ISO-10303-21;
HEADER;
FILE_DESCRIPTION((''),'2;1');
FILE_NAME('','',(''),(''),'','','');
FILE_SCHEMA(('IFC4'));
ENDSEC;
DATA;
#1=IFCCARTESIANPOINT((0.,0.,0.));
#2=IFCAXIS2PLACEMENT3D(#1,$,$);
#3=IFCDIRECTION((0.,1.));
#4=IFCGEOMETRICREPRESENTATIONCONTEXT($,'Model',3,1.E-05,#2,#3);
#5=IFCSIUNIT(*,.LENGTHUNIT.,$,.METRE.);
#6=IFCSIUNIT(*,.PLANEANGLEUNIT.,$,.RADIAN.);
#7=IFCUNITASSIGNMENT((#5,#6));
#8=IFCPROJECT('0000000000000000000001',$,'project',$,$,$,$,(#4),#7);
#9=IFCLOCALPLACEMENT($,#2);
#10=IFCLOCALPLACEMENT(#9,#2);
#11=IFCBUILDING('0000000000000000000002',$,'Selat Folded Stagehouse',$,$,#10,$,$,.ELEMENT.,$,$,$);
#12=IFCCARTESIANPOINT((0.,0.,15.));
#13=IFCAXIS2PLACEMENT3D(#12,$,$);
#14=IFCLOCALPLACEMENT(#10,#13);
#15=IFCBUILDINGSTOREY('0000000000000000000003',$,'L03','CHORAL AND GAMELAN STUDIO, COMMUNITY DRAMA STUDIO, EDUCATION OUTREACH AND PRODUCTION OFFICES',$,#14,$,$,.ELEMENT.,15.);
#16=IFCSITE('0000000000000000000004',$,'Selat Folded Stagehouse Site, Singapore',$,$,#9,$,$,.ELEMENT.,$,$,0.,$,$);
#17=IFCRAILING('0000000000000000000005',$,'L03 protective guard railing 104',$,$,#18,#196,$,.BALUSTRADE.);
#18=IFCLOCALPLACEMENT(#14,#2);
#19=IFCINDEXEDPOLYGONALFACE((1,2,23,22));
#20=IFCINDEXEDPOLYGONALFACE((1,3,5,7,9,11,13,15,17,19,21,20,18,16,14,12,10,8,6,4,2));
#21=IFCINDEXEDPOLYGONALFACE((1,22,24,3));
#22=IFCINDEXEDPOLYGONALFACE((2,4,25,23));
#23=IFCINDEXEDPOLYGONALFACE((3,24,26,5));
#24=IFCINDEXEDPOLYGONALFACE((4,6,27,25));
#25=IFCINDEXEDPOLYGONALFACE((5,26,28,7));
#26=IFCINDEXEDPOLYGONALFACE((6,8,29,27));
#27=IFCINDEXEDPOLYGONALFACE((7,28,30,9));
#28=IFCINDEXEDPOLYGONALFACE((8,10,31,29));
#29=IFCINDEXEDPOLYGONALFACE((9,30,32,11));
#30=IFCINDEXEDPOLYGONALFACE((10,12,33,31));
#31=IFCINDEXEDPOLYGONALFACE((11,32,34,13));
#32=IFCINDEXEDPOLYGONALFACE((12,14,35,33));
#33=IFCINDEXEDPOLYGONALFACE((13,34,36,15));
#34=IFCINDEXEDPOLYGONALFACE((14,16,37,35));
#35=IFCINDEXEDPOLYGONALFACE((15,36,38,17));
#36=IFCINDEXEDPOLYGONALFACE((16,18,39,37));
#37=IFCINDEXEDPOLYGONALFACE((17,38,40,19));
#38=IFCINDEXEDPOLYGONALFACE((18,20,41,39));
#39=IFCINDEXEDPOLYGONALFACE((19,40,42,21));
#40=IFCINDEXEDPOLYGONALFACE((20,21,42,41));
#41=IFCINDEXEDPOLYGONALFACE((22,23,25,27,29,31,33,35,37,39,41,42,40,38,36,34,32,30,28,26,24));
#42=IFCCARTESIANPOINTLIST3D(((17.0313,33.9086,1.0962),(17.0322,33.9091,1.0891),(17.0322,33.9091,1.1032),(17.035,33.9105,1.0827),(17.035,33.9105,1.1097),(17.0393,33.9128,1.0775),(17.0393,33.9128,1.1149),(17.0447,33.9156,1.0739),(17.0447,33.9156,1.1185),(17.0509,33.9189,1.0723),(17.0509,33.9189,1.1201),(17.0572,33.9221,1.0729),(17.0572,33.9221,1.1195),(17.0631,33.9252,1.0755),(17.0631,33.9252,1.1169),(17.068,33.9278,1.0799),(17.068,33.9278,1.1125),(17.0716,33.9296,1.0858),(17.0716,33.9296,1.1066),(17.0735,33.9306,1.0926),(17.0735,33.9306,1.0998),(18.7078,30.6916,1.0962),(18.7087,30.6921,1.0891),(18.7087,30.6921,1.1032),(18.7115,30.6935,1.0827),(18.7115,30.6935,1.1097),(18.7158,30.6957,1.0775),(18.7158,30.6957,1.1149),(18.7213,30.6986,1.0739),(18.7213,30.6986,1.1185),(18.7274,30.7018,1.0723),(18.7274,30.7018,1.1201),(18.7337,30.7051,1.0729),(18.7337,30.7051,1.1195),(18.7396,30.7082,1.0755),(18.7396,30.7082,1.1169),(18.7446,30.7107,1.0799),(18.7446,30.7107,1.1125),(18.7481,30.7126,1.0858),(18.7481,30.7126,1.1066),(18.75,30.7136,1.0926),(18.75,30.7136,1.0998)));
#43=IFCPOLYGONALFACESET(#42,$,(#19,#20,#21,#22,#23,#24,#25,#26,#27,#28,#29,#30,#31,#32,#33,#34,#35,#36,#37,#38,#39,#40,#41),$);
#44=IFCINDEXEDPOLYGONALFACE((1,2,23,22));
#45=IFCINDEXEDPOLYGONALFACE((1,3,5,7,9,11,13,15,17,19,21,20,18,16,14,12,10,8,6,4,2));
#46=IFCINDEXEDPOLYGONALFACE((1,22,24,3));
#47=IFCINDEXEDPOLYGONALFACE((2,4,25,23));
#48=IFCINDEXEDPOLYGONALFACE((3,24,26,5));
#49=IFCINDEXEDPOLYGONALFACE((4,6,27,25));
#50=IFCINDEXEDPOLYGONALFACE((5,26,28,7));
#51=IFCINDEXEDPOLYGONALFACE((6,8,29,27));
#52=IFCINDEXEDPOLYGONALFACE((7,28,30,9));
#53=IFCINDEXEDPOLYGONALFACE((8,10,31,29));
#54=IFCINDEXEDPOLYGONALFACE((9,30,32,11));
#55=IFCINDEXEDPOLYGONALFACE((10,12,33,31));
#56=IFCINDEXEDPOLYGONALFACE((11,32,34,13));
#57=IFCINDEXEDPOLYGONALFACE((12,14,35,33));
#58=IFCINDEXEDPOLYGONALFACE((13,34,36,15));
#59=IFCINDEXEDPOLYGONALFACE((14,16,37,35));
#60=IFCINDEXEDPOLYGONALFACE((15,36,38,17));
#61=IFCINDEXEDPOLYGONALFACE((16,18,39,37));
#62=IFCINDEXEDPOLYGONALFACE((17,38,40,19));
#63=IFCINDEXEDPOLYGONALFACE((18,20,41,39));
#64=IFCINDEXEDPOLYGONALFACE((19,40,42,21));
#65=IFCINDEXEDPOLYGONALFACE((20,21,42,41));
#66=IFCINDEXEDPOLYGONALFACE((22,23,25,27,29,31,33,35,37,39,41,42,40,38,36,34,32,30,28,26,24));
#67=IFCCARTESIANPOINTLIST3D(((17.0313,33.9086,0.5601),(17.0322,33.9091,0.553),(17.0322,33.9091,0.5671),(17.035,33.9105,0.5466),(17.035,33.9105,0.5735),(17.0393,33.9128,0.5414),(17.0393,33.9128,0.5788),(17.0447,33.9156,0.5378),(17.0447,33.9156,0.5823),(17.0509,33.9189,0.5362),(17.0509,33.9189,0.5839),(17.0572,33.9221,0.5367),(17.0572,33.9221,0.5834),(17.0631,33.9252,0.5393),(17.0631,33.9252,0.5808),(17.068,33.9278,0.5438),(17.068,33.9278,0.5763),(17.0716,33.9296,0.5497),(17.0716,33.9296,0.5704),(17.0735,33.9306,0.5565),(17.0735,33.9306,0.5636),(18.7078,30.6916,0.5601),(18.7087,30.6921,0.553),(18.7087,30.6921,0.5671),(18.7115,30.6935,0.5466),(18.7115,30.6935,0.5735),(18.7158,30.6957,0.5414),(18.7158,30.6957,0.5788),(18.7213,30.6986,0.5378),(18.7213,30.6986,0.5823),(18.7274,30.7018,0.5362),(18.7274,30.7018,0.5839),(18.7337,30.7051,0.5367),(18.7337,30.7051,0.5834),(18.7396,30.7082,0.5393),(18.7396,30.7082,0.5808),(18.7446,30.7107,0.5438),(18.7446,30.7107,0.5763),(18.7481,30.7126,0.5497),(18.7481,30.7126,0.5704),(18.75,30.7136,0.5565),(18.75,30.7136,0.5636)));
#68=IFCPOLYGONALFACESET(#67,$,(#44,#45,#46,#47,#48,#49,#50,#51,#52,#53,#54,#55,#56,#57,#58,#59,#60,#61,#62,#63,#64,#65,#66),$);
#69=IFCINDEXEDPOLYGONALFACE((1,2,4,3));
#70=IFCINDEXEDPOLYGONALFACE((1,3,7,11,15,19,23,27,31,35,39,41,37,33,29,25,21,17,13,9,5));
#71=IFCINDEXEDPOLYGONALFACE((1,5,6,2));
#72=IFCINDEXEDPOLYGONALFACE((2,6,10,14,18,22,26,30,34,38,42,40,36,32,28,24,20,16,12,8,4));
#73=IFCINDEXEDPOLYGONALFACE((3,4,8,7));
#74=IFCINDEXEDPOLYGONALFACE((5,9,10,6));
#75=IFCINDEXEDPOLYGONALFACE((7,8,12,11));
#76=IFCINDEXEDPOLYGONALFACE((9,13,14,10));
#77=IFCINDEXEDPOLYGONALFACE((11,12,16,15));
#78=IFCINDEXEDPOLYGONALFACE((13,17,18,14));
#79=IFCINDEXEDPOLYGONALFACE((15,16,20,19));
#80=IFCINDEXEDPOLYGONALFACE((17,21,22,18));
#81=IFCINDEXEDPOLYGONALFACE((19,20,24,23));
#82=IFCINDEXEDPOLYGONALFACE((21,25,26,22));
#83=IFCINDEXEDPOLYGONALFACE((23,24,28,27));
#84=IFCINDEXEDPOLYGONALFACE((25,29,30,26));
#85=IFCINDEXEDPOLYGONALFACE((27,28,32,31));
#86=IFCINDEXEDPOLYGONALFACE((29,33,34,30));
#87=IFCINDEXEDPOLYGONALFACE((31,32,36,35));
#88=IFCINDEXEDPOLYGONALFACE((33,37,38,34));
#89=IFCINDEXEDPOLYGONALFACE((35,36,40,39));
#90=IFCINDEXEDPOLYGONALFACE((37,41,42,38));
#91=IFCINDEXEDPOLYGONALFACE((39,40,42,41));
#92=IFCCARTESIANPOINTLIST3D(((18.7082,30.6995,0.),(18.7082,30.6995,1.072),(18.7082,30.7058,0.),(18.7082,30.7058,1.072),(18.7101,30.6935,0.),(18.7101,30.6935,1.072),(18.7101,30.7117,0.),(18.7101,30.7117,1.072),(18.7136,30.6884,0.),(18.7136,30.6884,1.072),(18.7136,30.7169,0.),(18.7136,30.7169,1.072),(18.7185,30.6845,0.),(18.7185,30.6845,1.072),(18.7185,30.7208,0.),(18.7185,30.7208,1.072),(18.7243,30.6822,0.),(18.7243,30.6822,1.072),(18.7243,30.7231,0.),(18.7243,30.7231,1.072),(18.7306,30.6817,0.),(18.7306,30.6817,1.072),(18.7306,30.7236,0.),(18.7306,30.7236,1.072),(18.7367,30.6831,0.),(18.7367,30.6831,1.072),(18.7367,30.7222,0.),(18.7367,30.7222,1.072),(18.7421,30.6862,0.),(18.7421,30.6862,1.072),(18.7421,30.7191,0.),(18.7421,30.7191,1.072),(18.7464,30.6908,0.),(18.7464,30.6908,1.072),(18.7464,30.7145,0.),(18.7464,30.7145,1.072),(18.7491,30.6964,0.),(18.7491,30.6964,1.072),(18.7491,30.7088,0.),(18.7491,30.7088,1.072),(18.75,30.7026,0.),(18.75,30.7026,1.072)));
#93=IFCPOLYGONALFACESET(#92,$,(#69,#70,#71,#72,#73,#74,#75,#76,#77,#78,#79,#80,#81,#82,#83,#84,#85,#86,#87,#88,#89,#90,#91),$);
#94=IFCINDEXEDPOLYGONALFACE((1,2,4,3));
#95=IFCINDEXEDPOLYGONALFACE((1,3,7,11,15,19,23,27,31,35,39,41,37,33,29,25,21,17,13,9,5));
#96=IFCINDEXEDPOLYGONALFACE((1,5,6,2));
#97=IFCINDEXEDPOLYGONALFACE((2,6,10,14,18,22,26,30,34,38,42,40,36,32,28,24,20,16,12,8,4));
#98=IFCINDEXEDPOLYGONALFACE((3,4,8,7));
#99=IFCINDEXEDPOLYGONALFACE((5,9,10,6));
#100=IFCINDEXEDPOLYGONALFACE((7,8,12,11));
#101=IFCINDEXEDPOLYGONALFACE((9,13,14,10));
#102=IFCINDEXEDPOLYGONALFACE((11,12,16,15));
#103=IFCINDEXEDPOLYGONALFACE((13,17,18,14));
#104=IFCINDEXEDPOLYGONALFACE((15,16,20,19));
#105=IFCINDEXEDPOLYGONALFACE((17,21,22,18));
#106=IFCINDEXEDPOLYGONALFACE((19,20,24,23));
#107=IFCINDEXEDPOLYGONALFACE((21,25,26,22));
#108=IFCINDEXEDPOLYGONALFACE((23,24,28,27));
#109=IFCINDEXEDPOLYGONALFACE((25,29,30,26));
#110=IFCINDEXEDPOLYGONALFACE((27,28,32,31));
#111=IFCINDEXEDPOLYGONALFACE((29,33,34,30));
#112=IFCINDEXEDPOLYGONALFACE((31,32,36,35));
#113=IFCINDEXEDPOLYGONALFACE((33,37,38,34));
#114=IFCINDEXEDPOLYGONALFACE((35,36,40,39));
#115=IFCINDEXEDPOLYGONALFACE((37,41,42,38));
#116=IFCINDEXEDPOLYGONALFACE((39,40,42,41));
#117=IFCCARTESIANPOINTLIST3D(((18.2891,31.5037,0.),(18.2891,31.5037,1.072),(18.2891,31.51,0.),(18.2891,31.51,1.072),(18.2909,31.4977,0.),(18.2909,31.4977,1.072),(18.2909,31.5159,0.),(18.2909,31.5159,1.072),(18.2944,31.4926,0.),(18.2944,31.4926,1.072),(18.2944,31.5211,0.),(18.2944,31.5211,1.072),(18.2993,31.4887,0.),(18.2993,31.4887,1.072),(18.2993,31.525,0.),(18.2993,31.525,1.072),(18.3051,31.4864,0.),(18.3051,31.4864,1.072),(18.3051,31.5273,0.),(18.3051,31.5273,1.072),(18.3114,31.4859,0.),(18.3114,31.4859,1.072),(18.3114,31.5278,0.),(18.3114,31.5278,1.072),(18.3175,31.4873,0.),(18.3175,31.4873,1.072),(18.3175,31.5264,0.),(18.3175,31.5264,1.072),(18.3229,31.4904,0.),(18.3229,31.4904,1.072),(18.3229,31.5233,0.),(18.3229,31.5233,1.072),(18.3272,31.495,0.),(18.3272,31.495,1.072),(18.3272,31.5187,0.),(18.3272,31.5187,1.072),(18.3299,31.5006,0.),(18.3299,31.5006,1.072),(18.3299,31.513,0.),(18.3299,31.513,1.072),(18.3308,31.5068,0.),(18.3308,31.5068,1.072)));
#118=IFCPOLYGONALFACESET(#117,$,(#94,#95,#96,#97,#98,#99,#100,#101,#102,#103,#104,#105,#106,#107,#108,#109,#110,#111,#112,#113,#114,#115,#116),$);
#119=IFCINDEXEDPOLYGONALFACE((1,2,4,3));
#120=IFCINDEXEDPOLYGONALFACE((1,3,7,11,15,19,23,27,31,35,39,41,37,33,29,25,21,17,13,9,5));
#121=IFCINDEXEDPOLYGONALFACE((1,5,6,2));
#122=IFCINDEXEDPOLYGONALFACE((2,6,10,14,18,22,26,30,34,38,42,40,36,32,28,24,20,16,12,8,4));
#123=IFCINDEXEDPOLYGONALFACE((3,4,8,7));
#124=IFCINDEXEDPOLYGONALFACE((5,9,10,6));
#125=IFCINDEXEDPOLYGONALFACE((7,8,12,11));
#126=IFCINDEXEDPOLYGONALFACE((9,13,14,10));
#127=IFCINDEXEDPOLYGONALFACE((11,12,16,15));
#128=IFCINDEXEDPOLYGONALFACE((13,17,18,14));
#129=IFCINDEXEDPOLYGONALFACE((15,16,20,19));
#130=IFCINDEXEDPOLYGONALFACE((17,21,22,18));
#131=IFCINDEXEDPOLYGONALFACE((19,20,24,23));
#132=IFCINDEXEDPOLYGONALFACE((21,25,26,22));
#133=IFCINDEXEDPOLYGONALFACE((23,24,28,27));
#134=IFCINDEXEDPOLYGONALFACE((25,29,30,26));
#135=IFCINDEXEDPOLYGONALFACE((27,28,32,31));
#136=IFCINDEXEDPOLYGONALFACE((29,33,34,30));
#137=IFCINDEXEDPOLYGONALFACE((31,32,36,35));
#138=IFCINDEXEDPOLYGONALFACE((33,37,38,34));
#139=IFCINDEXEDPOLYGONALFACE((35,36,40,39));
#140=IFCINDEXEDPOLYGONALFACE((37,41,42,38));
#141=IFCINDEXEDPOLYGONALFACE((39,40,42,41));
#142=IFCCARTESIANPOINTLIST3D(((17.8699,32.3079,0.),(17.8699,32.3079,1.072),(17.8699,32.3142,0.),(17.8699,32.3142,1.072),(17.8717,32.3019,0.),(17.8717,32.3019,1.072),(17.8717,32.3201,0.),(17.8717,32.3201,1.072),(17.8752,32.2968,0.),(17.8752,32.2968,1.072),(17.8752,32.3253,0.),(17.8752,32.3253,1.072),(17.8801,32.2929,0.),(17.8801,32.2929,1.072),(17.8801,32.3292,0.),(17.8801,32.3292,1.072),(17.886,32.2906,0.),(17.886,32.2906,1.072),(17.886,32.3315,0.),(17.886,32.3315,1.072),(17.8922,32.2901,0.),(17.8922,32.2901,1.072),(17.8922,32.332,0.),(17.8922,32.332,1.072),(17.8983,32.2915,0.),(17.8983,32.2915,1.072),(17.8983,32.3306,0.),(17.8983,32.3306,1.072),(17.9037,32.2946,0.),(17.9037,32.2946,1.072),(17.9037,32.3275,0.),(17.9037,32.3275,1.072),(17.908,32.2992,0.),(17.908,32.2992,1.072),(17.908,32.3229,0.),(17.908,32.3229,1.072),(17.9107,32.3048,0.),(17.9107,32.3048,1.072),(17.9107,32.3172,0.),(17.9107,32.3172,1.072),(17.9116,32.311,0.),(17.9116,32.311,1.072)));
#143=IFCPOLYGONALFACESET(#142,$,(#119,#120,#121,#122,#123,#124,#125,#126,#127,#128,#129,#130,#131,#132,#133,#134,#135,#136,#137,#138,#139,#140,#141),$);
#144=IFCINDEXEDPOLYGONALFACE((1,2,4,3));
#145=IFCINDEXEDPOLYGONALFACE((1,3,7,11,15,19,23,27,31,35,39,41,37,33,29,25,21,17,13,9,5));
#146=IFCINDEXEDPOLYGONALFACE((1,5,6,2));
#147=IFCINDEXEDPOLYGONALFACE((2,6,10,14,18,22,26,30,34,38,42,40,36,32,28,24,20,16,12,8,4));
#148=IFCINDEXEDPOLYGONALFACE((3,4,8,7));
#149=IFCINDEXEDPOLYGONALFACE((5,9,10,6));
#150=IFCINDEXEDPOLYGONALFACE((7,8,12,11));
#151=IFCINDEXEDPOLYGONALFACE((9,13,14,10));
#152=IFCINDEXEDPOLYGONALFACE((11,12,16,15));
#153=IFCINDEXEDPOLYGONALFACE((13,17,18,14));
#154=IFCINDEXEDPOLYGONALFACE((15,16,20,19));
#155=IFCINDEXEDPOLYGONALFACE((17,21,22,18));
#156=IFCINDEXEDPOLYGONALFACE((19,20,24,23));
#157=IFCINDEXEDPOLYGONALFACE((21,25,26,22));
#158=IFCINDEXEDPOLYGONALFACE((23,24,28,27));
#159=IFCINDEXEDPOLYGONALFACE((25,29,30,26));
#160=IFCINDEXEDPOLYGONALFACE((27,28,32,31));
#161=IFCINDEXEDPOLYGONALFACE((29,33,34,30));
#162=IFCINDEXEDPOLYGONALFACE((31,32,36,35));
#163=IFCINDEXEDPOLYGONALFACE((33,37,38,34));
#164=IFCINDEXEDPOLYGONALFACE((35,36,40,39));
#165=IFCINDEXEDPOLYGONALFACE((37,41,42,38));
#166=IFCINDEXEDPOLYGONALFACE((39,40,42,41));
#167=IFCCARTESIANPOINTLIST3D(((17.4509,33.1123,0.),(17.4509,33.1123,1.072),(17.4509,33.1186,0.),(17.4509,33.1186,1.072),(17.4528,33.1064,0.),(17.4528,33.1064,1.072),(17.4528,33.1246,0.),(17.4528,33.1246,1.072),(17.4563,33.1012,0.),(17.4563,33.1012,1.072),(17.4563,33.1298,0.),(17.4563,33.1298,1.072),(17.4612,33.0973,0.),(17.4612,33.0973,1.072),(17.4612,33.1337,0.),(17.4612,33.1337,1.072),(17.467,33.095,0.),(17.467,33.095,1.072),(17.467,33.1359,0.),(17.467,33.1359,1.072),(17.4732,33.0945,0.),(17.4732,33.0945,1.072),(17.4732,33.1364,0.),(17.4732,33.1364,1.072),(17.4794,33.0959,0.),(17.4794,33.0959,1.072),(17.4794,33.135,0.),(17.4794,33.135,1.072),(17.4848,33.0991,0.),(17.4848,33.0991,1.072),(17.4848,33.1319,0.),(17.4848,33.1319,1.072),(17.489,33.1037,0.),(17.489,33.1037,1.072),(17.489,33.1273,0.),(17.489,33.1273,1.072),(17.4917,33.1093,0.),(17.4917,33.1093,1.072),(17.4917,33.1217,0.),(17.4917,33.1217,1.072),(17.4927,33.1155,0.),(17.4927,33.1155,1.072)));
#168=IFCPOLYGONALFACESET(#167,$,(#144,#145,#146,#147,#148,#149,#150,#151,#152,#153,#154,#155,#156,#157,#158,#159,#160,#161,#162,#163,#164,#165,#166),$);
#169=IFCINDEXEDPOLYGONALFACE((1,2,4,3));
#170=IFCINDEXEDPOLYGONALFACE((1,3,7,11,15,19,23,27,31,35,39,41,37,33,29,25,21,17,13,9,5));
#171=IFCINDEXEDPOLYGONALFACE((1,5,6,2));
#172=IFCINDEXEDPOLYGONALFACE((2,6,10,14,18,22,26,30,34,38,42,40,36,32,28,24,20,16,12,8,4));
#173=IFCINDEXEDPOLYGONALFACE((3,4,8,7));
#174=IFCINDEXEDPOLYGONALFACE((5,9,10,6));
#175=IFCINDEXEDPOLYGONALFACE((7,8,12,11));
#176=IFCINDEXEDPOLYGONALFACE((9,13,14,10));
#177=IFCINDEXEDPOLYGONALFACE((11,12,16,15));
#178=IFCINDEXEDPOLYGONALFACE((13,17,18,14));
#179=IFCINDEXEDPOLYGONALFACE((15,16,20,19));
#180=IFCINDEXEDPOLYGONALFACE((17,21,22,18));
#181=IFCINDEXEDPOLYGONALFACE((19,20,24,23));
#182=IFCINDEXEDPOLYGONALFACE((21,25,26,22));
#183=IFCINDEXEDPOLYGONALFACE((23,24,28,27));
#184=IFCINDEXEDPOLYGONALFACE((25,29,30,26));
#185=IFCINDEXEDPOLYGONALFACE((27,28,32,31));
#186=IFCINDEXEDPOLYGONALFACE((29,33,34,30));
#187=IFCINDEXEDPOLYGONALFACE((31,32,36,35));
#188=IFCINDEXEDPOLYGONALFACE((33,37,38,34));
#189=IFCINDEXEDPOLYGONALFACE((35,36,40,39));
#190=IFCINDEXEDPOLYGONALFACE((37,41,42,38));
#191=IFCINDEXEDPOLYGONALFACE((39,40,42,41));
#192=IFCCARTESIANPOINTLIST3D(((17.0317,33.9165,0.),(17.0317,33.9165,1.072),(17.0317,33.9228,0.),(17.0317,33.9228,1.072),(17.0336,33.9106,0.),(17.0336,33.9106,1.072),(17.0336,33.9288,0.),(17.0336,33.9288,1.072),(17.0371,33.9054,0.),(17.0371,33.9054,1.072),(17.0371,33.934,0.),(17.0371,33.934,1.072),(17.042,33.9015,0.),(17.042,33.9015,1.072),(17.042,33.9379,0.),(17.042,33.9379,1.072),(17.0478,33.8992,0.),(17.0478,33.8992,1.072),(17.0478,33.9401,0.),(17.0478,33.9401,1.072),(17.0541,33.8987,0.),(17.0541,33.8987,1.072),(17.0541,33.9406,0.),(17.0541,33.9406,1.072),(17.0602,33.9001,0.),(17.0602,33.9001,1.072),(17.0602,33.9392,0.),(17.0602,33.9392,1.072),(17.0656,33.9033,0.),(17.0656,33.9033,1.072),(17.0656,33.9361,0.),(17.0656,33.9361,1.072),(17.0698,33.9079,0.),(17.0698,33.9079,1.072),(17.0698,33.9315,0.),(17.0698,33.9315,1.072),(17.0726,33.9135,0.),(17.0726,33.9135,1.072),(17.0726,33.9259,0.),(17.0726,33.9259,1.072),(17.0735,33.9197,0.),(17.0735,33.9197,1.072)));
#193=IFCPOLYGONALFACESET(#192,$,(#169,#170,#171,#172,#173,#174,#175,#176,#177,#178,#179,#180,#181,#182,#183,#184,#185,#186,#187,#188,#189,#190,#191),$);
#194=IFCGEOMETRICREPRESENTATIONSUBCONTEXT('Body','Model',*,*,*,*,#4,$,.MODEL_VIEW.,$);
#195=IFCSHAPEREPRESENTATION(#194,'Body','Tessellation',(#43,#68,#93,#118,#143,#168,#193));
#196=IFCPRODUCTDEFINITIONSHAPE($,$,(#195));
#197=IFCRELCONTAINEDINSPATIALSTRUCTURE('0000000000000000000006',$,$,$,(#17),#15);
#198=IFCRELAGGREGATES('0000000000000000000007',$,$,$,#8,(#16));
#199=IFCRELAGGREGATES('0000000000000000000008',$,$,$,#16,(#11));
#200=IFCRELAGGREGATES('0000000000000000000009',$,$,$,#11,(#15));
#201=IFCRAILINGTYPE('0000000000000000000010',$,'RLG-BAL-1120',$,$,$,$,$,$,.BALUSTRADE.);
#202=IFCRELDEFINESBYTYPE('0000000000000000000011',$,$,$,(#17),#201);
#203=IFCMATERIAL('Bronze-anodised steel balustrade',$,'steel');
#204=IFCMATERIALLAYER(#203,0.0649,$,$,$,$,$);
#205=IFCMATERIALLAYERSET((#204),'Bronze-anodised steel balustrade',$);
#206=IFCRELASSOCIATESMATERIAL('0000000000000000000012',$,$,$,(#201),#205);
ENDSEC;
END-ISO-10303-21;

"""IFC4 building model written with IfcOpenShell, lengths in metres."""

from ifc_helpers import new_model, si_unit, direction, frame, origin, origin_2d, place, context, subcontext, project, spatial, circle, extrude, material, layer, layer_set, type_object, element, save


model = new_model("IFC4")

# Units and contexts
model_context = context("Model", 3, precision=1e-05, world=origin(), true_north=direction((0.0, 1.0)))
body_context = subcontext(model_context, "Body", "Model", "MODEL_VIEW")
ifc_project = project(units=[si_unit("LENGTHUNIT", "METRE"), si_unit("PLANEANGLEUNIT", "RADIAN")], contexts=[model_context])

# Site, building, storey
site_placement = place(None, origin())
site = spatial("IfcSite", under=ifc_project, at=site_placement, Name="Selat Folded Stagehouse Site, Singapore", CompositionType="ELEMENT", RefElevation=0.0)
building_placement = place(site_placement, origin())
building = spatial("IfcBuilding", under=site, at=building_placement, Name="Selat Folded Stagehouse", CompositionType="ELEMENT")
storey_placement = place(building_placement, frame((0.0, 0.0, 15.0)))
storey = spatial("IfcBuildingStorey", under=building, at=storey_placement, Name="L03", Description="CHORAL AND GAMELAN STUDIO, COMMUNITY DRAMA STUDIO, EDUCATION OUTREACH AND PRODUCTION OFFICES", CompositionType="ELEMENT", Elevation=15.0)

# Railing
ifc_material_1 = material(Name="Bronze-anodised steel balustrade", Category="steel")
ifc_layer_1 = layer(ifc_material_1, 0.0649)
ifc_layer_set_1 = layer_set([ifc_layer_1], Name="Bronze-anodised steel balustrade")
railing_type = type_object("IfcRailingType", Name="RLG-BAL-1120", PredefinedType="BALUSTRADE", material=ifc_layer_set_1)
railing_1_placement = place(storey_placement, frame((18.729, 30.7026, 0.0)))
element("IfcRailing", 1, at=railing_1_placement, inside=storey, type_object=railing_type, Name="L03 protective guard railing 104", PredefinedType="BALUSTRADE", context=body_context, shape_type="SweptSolid", body=[
    extrude(circle(Radius=0.0239, at=origin_2d()), frame((0.0, 0.0, 1.0962), z_axis=(-0.462145, 0.886804, 0.0), x_axis=(-0.886804, -0.462145, 0.0)), (0.0, 0.0, 1.0), 3.6277),
    extrude(circle(Radius=0.0239, at=origin_2d()), frame((0.0, 0.0, 0.5601), z_axis=(-0.462145, 0.886804, 0.0), x_axis=(-0.886804, -0.462145, 0.0)), (0.0, 0.0, 1.0), 3.6277),
    extrude(circle(Radius=0.021, at=origin_2d()), origin(), (0.0, 0.0, 1.0), 1.072),
    extrude(circle(Radius=0.021, at=origin_2d()), frame((-0.4192, 0.8042, 0.0)), (0.0, 0.0, 1.0), 1.072),
    extrude(circle(Radius=0.021, at=origin_2d()), frame((-0.8384, 1.6084, 0.0)), (0.0, 0.0, 1.0), 1.072),
    extrude(circle(Radius=0.021, at=origin_2d()), frame((-1.2573, 2.4128, 0.0)), (0.0, 0.0, 1.0), 1.072),
    extrude(circle(Radius=0.021, at=origin_2d()), frame((-1.6765, 3.217, 0.0)), (0.0, 0.0, 1.0), 1.072),
])

save(model, "model.ifc")
